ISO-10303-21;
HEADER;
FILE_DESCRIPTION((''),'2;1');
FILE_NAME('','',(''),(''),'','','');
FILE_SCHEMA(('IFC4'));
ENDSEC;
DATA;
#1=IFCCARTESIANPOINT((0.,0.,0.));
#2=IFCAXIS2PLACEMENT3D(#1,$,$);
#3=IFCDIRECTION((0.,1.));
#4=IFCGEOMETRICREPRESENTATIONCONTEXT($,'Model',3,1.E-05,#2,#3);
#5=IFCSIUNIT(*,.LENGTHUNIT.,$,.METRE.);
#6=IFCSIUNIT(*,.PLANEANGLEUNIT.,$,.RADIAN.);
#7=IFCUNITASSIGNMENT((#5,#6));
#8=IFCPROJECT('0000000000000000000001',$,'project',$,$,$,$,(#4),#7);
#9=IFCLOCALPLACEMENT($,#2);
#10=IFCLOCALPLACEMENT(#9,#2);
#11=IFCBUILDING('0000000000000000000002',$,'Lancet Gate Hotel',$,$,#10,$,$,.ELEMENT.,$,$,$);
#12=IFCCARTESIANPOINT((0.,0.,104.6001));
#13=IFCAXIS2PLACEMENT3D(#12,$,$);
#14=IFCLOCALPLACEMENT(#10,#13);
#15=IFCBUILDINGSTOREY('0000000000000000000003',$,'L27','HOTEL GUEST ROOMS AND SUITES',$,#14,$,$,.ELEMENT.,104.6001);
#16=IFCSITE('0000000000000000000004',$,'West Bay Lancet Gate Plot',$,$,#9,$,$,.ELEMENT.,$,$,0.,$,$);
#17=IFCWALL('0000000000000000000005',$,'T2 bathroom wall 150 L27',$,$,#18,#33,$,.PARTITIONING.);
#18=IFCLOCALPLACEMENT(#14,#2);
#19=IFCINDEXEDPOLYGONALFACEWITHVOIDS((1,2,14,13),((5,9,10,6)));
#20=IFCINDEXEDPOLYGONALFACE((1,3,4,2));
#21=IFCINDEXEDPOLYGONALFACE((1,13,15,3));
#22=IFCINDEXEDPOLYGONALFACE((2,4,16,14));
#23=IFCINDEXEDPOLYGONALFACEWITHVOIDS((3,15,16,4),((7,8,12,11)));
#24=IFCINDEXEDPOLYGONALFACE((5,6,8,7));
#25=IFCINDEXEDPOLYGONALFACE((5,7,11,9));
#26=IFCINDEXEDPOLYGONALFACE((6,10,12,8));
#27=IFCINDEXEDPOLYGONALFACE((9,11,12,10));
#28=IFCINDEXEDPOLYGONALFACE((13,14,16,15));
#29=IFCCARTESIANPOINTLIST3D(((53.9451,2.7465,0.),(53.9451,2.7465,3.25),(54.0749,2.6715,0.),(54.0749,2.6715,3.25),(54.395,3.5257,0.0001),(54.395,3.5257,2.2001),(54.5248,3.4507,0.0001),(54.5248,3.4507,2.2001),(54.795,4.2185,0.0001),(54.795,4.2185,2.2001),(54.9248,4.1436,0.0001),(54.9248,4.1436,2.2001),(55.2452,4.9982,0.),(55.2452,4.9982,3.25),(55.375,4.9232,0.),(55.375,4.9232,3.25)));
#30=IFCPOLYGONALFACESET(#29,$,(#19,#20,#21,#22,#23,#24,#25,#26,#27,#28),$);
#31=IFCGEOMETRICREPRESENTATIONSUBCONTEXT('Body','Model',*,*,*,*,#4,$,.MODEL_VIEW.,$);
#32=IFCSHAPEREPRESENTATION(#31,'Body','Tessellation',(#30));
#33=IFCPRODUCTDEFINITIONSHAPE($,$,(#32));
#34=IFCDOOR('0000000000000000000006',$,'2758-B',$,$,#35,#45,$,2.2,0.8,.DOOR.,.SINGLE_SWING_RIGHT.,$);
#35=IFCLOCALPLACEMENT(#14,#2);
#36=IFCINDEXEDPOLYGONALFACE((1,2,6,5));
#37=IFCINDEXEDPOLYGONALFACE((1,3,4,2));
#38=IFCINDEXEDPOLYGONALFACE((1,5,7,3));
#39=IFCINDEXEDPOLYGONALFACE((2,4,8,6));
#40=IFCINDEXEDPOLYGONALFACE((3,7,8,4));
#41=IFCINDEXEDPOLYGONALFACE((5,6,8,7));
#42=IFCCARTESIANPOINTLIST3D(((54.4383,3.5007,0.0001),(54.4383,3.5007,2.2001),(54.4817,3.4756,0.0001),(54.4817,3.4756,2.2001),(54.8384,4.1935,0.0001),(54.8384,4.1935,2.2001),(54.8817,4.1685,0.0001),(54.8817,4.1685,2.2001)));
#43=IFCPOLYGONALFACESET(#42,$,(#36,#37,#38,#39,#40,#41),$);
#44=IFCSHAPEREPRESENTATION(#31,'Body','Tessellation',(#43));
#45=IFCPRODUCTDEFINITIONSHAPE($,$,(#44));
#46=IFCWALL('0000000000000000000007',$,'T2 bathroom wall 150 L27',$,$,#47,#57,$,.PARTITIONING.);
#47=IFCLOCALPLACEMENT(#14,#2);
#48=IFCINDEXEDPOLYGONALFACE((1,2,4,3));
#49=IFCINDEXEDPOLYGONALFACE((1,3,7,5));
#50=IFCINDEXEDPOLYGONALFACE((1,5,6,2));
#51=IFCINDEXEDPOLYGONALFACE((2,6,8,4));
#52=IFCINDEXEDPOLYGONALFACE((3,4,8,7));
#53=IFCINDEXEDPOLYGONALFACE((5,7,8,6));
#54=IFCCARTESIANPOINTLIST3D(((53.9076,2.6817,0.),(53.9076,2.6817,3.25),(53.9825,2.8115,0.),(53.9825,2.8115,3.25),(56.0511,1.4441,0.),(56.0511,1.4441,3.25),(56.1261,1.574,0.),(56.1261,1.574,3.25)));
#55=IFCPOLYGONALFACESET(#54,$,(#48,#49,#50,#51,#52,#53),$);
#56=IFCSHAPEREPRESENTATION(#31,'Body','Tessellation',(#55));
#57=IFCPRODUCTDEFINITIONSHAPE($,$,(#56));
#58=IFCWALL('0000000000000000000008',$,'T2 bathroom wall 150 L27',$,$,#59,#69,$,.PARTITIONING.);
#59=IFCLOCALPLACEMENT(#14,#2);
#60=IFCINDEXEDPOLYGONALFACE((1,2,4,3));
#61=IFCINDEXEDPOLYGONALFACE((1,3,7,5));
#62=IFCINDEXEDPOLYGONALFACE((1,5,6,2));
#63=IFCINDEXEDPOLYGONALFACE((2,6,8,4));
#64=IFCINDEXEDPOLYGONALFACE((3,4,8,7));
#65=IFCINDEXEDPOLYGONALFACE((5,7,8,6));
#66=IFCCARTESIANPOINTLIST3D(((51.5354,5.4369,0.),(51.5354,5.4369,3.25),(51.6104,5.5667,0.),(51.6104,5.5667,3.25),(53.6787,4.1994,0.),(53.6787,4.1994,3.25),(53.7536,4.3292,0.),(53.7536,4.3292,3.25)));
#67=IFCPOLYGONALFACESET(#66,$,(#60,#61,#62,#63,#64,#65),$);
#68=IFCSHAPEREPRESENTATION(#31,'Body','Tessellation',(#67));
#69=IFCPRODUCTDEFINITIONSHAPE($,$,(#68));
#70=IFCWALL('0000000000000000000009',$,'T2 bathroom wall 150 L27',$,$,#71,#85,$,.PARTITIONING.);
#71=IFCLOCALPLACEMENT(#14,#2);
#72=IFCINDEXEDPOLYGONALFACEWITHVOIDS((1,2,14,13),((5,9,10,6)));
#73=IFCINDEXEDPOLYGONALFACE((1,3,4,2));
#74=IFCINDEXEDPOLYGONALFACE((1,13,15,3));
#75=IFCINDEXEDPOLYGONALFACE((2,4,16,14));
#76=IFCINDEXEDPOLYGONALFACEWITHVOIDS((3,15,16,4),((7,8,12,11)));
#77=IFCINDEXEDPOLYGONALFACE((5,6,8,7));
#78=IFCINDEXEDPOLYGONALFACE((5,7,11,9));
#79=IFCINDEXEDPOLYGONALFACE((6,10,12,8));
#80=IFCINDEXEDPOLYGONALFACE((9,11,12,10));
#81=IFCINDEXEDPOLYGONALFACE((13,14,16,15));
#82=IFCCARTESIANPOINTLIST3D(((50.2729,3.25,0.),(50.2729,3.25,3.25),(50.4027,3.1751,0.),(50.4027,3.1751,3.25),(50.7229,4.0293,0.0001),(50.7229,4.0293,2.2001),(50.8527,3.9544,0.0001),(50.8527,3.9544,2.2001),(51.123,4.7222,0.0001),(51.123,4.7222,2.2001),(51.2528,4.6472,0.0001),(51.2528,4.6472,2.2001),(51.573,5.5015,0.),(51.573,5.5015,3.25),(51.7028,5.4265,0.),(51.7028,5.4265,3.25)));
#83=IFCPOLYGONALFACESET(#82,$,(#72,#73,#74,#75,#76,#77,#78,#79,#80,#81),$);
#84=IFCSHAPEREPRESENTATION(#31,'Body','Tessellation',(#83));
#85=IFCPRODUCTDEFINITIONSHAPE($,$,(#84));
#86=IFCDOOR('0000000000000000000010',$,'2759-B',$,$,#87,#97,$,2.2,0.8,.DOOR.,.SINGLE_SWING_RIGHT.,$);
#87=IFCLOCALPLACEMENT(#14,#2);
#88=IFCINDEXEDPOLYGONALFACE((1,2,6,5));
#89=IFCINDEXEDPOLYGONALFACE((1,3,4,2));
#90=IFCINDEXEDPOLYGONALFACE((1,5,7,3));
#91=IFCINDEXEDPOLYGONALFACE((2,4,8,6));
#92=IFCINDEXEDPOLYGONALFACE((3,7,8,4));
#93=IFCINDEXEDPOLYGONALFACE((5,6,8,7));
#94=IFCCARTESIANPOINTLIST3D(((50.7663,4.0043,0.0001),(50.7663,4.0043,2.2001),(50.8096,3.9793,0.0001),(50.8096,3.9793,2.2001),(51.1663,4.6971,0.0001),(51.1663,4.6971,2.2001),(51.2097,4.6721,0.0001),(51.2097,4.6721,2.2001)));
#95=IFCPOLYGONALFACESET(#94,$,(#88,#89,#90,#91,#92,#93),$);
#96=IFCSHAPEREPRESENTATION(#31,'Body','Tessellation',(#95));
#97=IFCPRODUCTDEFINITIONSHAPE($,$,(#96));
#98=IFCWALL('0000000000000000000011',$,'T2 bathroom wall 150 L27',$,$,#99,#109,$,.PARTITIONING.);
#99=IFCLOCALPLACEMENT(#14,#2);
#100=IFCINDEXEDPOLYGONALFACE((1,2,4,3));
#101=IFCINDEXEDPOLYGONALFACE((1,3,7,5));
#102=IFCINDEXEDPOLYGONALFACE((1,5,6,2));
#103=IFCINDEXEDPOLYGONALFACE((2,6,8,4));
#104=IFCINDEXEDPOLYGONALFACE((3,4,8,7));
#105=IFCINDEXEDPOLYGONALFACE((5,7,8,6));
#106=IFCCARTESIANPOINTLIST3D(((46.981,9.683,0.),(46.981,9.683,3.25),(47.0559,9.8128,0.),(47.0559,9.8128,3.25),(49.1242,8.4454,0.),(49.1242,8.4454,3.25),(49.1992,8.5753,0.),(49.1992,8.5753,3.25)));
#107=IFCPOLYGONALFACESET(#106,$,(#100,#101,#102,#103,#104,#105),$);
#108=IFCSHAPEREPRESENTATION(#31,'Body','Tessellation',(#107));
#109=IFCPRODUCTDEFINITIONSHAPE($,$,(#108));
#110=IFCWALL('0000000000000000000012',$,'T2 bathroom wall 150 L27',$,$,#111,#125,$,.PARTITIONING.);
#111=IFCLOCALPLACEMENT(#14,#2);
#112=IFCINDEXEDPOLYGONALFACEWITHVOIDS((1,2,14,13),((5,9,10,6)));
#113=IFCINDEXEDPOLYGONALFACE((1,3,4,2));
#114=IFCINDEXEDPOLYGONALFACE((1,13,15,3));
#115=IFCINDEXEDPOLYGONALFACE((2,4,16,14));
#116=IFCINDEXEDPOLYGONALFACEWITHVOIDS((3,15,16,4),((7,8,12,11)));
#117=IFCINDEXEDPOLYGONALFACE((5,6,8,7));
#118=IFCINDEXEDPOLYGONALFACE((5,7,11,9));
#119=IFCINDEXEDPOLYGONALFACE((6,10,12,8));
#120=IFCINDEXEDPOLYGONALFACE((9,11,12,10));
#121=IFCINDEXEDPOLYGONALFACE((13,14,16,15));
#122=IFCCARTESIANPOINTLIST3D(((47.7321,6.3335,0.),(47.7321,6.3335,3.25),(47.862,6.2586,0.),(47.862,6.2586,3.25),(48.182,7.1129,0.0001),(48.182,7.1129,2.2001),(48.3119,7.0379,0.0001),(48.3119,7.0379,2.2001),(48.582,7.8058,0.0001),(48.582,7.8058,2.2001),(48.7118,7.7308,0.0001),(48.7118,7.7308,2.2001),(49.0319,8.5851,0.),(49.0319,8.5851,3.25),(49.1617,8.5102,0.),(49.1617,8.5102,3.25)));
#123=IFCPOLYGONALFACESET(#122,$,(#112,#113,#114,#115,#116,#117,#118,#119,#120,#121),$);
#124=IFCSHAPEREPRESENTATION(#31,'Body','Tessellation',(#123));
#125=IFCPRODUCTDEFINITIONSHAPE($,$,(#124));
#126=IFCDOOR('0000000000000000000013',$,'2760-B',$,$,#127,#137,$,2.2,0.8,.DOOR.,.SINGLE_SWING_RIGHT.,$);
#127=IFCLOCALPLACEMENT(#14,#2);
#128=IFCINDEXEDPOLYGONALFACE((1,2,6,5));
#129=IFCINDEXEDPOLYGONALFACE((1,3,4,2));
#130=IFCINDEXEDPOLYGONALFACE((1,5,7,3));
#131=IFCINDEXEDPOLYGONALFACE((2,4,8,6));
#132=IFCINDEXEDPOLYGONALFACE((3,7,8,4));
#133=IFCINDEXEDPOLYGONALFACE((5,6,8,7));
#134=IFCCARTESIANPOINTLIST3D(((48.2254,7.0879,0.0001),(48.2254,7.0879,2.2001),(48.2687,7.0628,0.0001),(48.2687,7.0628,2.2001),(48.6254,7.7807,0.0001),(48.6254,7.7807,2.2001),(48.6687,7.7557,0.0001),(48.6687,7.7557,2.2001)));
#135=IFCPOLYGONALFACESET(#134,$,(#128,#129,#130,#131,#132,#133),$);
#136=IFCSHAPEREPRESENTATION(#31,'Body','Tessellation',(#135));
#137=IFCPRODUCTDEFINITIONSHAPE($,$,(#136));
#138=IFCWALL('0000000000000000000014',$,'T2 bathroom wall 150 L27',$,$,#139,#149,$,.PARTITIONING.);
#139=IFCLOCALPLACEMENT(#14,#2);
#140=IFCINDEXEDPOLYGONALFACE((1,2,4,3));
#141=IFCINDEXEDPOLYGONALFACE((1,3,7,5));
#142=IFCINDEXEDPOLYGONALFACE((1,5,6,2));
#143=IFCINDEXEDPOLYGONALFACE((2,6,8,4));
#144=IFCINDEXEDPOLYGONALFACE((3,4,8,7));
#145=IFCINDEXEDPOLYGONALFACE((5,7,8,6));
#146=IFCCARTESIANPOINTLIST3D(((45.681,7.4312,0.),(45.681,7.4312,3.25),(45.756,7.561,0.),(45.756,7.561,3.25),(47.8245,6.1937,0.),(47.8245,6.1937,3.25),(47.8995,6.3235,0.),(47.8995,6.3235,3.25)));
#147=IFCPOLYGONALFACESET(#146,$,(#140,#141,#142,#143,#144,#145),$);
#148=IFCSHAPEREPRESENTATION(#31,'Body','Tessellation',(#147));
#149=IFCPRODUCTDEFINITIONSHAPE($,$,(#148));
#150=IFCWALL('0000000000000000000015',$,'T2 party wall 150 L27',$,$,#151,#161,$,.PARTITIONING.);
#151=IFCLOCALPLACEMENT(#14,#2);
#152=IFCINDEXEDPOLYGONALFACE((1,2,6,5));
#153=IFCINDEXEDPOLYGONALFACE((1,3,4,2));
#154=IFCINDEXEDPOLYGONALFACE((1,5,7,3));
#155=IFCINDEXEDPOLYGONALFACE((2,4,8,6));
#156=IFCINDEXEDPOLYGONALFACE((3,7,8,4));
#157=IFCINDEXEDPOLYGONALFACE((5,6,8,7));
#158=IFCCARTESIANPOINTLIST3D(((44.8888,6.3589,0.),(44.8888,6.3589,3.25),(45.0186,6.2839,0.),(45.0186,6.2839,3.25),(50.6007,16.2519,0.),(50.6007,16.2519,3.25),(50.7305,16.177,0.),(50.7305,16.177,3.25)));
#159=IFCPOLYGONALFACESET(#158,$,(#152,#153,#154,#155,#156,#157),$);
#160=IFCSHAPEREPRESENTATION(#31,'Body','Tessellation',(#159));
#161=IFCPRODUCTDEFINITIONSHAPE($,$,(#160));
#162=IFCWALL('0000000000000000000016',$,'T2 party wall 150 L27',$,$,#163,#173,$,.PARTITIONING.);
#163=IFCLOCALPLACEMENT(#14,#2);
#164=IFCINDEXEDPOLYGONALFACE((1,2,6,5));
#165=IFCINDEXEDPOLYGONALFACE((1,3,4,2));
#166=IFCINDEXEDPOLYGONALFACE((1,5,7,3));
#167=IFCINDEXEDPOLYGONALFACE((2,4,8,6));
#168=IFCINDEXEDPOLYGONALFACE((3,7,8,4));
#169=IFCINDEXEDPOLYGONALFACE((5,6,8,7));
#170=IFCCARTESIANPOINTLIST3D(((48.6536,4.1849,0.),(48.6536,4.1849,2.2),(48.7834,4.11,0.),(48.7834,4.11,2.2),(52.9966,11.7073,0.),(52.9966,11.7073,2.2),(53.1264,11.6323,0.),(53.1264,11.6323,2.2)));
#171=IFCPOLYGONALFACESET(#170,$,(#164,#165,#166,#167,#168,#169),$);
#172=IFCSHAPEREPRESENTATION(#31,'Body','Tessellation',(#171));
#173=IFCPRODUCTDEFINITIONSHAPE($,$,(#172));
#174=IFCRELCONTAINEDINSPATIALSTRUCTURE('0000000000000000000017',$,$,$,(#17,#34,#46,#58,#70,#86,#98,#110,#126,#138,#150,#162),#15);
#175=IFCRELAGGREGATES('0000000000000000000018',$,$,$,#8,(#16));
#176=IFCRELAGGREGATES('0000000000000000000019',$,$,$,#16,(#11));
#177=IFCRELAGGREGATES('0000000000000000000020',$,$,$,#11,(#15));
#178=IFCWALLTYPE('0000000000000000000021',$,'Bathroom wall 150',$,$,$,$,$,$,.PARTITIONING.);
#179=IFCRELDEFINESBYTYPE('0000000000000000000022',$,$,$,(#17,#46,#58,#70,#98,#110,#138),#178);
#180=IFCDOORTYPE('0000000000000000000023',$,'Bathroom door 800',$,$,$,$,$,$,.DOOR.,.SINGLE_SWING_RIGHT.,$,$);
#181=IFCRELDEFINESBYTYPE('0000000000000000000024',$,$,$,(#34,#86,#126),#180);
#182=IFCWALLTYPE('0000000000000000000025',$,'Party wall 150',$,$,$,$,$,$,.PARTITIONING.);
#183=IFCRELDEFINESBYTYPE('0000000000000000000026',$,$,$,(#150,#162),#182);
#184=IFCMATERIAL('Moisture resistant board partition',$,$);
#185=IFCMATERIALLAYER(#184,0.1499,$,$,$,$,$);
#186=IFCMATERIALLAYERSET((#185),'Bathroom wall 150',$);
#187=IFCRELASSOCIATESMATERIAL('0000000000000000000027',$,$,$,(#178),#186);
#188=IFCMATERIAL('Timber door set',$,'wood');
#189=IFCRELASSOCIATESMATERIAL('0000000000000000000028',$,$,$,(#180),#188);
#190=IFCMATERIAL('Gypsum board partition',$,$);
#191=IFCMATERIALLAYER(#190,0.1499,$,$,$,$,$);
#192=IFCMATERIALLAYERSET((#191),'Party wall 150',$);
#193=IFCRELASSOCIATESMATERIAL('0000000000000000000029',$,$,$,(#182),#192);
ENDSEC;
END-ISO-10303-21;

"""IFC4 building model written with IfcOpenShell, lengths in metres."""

from ifc_helpers import new_model, si_unit, direction, frame, frame_2d, origin, place, context, subcontext, project, spatial, rectangle, extrude, material, layer, layer_set, type_object, element, fill, save


model = new_model("IFC4")

# Units and contexts
model_context = context("Model", 3, precision=1e-05, world=origin(), true_north=direction((0.0, 1.0)))
body_context = subcontext(model_context, "Body", "Model", "MODEL_VIEW")
ifc_project = project(units=[si_unit("LENGTHUNIT", "METRE"), si_unit("PLANEANGLEUNIT", "RADIAN")], contexts=[model_context])

# Site, building, storey
site_placement = place(None, origin())
site = spatial("IfcSite", under=ifc_project, at=site_placement, Name="West Bay Lancet Gate Plot", CompositionType="ELEMENT", RefElevation=0.0)
building_placement = place(site_placement, origin())
building = spatial("IfcBuilding", under=site, at=building_placement, Name="Lancet Gate Hotel", CompositionType="ELEMENT")
storey_placement = place(building_placement, frame((0.0, 0.0, 104.6001)))
storey = spatial("IfcBuildingStorey", under=building, at=storey_placement, Name="L27", Description="HOTEL GUEST ROOMS AND SUITES", CompositionType="ELEMENT", Elevation=104.6001)

# Wall, opening, door
ifc_material_1 = material(Name="Moisture resistant board partition")
ifc_layer_1 = layer(ifc_material_1, 0.1499)
ifc_layer_set_1 = layer_set([ifc_layer_1], Name="Bathroom wall 150")
wall_type_1 = type_object("IfcWallType", Name="Bathroom wall 150", PredefinedType="PARTITIONING", material=ifc_layer_set_1)
wall_1_placement = place(storey_placement, frame((54.01, 2.709, 0.0), z_axis=(0.0, 0.0, 1.0), x_axis=(0.500007, 0.866021, 0.0)))
wall_1 = element("IfcWall", 1, at=wall_1_placement, inside=storey, type_object=wall_type_1, Name="T2 bathroom wall 150 L27", PredefinedType="PARTITIONING", context=body_context, shape_type="SweptSolid", body=[
    extrude(rectangle(XDim=2.6001, YDim=0.1499, at=frame_2d((1.3, 0.0))), origin(), (0.0, 0.0, 1.0), 3.25),
])
opening_1_placement = place(wall_1_placement, frame((0.8999, 0.0, 0.0)))
opening_1 = element("IfcOpeningElement", 2, at=opening_1_placement, cuts=wall_1, PredefinedType="OPENING", context=body_context, shape_type="SweptSolid", body=[
    extrude(rectangle(XDim=0.8, YDim=2.2, at=frame_2d((0.3999, 1.1001))), frame((0.0, 0.085, 0.0), z_axis=(0.0, -1.0, 0.0), x_axis=(1.0, 0.0, 0.0)), (0.0, 0.0, 1.0), 0.1699),
])
ifc_material_2 = material(Name="Timber door set", Category="wood")
door_type = type_object("IfcDoorType", Name="Bathroom door 800", OperationType="SINGLE_SWING_RIGHT", PredefinedType="DOOR", material=ifc_material_2)
door_1_placement = place(opening_1_placement, origin())
door_1 = element("IfcDoor", 3, at=door_1_placement, inside=storey, type_object=door_type, Name="2758-B", OperationType="SINGLE_SWING_RIGHT", OverallHeight=2.2, OverallWidth=0.8, PredefinedType="DOOR", context=body_context, shape_type="SweptSolid", body=[
    extrude(rectangle(XDim=0.8, YDim=2.2, at=frame_2d((0.3999, 1.1001))), frame((0.0, 0.0249, 0.0), z_axis=(0.0, -1.0, 0.0), x_axis=(1.0, 0.0, 0.0)), (0.0, 0.0, 1.0), 0.05),
])
fill(opening_1, door_1)

# Walls
wall_2_placement = place(storey_placement, frame((53.9451, 2.7466, 0.0), z_axis=(0.0, 0.0, 1.0), x_axis=(0.866031, -0.49999, 0.0)))
element("IfcWall", 4, at=wall_2_placement, inside=storey, type_object=wall_type_1, Name="T2 bathroom wall 150 L27", PredefinedType="PARTITIONING", context=body_context, shape_type="SweptSolid", body=[
    extrude(rectangle(XDim=2.4751, YDim=0.1499, at=frame_2d((1.2375, 0.0))), origin(), (0.0, 0.0, 1.0), 3.25),
])
wall_3_placement = place(storey_placement, frame((51.573, 5.5017, 0.0), z_axis=(0.0, 0.0, 1.0), x_axis=(0.866007, -0.500033, 0.0)))
element("IfcWall", 5, at=wall_3_placement, inside=storey, type_object=wall_type_1, Name="T2 bathroom wall 150 L27", PredefinedType="PARTITIONING", context=body_context, shape_type="SweptSolid", body=[
    extrude(rectangle(XDim=2.4749, YDim=0.1499, at=frame_2d((1.2373, 0.0))), origin(), (0.0, 0.0, 1.0), 3.25),
])

# Wall, opening, door
wall_4_placement = place(storey_placement, frame((50.3379, 3.2126, 0.0), z_axis=(0.0, 0.0, 1.0), x_axis=(0.500048, 0.865998, 0.0)))
wall_4 = element("IfcWall", 6, at=wall_4_placement, inside=storey, type_object=wall_type_1, Name="T2 bathroom wall 150 L27", PredefinedType="PARTITIONING", context=body_context, shape_type="SweptSolid", body=[
    extrude(rectangle(XDim=2.5999, YDim=0.1499, at=frame_2d((1.2998, 0.0))), origin(), (0.0, 0.0, 1.0), 3.25),
])
opening_2_placement = place(wall_4_placement, frame((0.8999, 0.0, 0.0)))
opening_2 = element("IfcOpeningElement", 7, at=opening_2_placement, cuts=wall_4, PredefinedType="OPENING", context=body_context, shape_type="SweptSolid", body=[
    extrude(rectangle(XDim=0.8, YDim=2.2, at=frame_2d((0.3999, 1.1001))), frame((0.0, 0.085, 0.0), z_axis=(0.0, -1.0, 0.0), x_axis=(1.0, 0.0, 0.0)), (0.0, 0.0, 1.0), 0.1699),
])
door_2_placement = place(opening_2_placement, origin())
door_2 = element("IfcDoor", 8, at=door_2_placement, inside=storey, type_object=door_type, Name="2759-B", OperationType="SINGLE_SWING_RIGHT", OverallHeight=2.2, OverallWidth=0.8, PredefinedType="DOOR", context=body_context, shape_type="SweptSolid", body=[
    extrude(rectangle(XDim=0.8, YDim=2.2, at=frame_2d((0.3999, 1.1001))), frame((0.0, 0.0249, 0.0), z_axis=(0.0, -1.0, 0.0), x_axis=(1.0, 0.0, 0.0)), (0.0, 0.0, 1.0), 0.05),
])
fill(opening_2, door_2)

# Wall
wall_5_placement = place(storey_placement, frame((47.0186, 9.7478, 0.0), z_axis=(0.0, 0.0, 1.0), x_axis=(0.866007, -0.500033, 0.0)))
element("IfcWall", 9, at=wall_5_placement, inside=storey, type_object=wall_type_1, Name="T2 bathroom wall 150 L27", PredefinedType="PARTITIONING", context=body_context, shape_type="SweptSolid", body=[
    extrude(rectangle(XDim=2.4749, YDim=0.1499, at=frame_2d((1.2373, 0.0))), origin(), (0.0, 0.0, 1.0), 3.25),
])

# Wall, opening, door
wall_6_placement = place(storey_placement, frame((47.7971, 6.2961, 0.0), z_axis=(0.0, 0.0, 1.0), x_axis=(0.499937, 0.866062, 0.0)))
wall_6 = element("IfcWall", 10, at=wall_6_placement, inside=storey, type_object=wall_type_1, Name="T2 bathroom wall 150 L27", PredefinedType="PARTITIONING", context=body_context, shape_type="SweptSolid", body=[
    extrude(rectangle(XDim=2.5999, YDim=0.1499, at=frame_2d((1.2998, 0.0))), origin(), (0.0, 0.0, 1.0), 3.25),
])
opening_3_placement = place(wall_6_placement, frame((0.8999, 0.0, 0.0)))
opening_3 = element("IfcOpeningElement", 11, at=opening_3_placement, cuts=wall_6, PredefinedType="OPENING", context=body_context, shape_type="SweptSolid", body=[
    extrude(rectangle(XDim=0.8, YDim=2.2, at=frame_2d((0.3999, 1.1001))), frame((0.0, 0.085, 0.0), z_axis=(0.0, -1.0, 0.0), x_axis=(1.0, 0.0, 0.0)), (0.0, 0.0, 1.0), 0.1699),
])
door_3_placement = place(opening_3_placement, origin())
door_3 = element("IfcDoor", 12, at=door_3_placement, inside=storey, type_object=door_type, Name="2760-B", OperationType="SINGLE_SWING_RIGHT", OverallHeight=2.2, OverallWidth=0.8, PredefinedType="DOOR", context=body_context, shape_type="SweptSolid", body=[
    extrude(rectangle(XDim=0.8, YDim=2.2, at=frame_2d((0.3999, 1.1001))), frame((0.0, 0.0249, 0.0), z_axis=(0.0, -1.0, 0.0), x_axis=(1.0, 0.0, 0.0)), (0.0, 0.0, 1.0), 0.05),
])
fill(opening_3, door_3)

# Walls
wall_7_placement = place(storey_placement, frame((45.7185, 7.4961, 0.0), z_axis=(0.0, 0.0, 1.0), x_axis=(0.866031, -0.49999, 0.0)))
element("IfcWall", 13, at=wall_7_placement, inside=storey, type_object=wall_type_1, Name="T2 bathroom wall 150 L27", PredefinedType="PARTITIONING", context=body_context, shape_type="SweptSolid", body=[
    extrude(rectangle(XDim=2.4751, YDim=0.1499, at=frame_2d((1.2375, 0.0))), origin(), (0.0, 0.0, 1.0), 3.25),
])
ifc_material_3 = material(Name="Gypsum board partition")
ifc_layer_2 = layer(ifc_material_3, 0.1499)
ifc_layer_set_2 = layer_set([ifc_layer_2], Name="Party wall 150")
wall_type_2 = type_object("IfcWallType", Name="Party wall 150", PredefinedType="PARTITIONING", material=ifc_layer_set_2)
wall_8_placement = place(storey_placement, frame((44.9536, 6.3213, 0.0), z_axis=(0.0, 0.0, 1.0), x_axis=(0.50001, 0.86602, 0.0)))
element("IfcWall", 14, at=wall_8_placement, inside=storey, type_object=wall_type_2, Name="T2 party wall 150 L27", PredefinedType="PARTITIONING", context=body_context, shape_type="SweptSolid", body=[
    extrude(rectangle(XDim=11.4236, YDim=0.1499, at=frame_2d((5.7119, 0.0))), origin(), (0.0, 0.0, 1.0), 3.25),
])
wall_9_placement = place(storey_placement, frame((48.7185, 4.1475, 0.0), z_axis=(0.0, 0.0, 1.0), x_axis=(0.499993, 0.866029, 0.0)))
element("IfcWall", 15, at=wall_9_placement, inside=storey, type_object=wall_type_2, Name="T2 party wall 150 L27", PredefinedType="PARTITIONING", context=body_context, shape_type="SweptSolid", body=[
    extrude(rectangle(XDim=8.686, YDim=0.1499, at=frame_2d((4.343, 0.0))), origin(), (0.0, 0.0, 1.0), 2.2),
])

save(model, "model.ifc")
